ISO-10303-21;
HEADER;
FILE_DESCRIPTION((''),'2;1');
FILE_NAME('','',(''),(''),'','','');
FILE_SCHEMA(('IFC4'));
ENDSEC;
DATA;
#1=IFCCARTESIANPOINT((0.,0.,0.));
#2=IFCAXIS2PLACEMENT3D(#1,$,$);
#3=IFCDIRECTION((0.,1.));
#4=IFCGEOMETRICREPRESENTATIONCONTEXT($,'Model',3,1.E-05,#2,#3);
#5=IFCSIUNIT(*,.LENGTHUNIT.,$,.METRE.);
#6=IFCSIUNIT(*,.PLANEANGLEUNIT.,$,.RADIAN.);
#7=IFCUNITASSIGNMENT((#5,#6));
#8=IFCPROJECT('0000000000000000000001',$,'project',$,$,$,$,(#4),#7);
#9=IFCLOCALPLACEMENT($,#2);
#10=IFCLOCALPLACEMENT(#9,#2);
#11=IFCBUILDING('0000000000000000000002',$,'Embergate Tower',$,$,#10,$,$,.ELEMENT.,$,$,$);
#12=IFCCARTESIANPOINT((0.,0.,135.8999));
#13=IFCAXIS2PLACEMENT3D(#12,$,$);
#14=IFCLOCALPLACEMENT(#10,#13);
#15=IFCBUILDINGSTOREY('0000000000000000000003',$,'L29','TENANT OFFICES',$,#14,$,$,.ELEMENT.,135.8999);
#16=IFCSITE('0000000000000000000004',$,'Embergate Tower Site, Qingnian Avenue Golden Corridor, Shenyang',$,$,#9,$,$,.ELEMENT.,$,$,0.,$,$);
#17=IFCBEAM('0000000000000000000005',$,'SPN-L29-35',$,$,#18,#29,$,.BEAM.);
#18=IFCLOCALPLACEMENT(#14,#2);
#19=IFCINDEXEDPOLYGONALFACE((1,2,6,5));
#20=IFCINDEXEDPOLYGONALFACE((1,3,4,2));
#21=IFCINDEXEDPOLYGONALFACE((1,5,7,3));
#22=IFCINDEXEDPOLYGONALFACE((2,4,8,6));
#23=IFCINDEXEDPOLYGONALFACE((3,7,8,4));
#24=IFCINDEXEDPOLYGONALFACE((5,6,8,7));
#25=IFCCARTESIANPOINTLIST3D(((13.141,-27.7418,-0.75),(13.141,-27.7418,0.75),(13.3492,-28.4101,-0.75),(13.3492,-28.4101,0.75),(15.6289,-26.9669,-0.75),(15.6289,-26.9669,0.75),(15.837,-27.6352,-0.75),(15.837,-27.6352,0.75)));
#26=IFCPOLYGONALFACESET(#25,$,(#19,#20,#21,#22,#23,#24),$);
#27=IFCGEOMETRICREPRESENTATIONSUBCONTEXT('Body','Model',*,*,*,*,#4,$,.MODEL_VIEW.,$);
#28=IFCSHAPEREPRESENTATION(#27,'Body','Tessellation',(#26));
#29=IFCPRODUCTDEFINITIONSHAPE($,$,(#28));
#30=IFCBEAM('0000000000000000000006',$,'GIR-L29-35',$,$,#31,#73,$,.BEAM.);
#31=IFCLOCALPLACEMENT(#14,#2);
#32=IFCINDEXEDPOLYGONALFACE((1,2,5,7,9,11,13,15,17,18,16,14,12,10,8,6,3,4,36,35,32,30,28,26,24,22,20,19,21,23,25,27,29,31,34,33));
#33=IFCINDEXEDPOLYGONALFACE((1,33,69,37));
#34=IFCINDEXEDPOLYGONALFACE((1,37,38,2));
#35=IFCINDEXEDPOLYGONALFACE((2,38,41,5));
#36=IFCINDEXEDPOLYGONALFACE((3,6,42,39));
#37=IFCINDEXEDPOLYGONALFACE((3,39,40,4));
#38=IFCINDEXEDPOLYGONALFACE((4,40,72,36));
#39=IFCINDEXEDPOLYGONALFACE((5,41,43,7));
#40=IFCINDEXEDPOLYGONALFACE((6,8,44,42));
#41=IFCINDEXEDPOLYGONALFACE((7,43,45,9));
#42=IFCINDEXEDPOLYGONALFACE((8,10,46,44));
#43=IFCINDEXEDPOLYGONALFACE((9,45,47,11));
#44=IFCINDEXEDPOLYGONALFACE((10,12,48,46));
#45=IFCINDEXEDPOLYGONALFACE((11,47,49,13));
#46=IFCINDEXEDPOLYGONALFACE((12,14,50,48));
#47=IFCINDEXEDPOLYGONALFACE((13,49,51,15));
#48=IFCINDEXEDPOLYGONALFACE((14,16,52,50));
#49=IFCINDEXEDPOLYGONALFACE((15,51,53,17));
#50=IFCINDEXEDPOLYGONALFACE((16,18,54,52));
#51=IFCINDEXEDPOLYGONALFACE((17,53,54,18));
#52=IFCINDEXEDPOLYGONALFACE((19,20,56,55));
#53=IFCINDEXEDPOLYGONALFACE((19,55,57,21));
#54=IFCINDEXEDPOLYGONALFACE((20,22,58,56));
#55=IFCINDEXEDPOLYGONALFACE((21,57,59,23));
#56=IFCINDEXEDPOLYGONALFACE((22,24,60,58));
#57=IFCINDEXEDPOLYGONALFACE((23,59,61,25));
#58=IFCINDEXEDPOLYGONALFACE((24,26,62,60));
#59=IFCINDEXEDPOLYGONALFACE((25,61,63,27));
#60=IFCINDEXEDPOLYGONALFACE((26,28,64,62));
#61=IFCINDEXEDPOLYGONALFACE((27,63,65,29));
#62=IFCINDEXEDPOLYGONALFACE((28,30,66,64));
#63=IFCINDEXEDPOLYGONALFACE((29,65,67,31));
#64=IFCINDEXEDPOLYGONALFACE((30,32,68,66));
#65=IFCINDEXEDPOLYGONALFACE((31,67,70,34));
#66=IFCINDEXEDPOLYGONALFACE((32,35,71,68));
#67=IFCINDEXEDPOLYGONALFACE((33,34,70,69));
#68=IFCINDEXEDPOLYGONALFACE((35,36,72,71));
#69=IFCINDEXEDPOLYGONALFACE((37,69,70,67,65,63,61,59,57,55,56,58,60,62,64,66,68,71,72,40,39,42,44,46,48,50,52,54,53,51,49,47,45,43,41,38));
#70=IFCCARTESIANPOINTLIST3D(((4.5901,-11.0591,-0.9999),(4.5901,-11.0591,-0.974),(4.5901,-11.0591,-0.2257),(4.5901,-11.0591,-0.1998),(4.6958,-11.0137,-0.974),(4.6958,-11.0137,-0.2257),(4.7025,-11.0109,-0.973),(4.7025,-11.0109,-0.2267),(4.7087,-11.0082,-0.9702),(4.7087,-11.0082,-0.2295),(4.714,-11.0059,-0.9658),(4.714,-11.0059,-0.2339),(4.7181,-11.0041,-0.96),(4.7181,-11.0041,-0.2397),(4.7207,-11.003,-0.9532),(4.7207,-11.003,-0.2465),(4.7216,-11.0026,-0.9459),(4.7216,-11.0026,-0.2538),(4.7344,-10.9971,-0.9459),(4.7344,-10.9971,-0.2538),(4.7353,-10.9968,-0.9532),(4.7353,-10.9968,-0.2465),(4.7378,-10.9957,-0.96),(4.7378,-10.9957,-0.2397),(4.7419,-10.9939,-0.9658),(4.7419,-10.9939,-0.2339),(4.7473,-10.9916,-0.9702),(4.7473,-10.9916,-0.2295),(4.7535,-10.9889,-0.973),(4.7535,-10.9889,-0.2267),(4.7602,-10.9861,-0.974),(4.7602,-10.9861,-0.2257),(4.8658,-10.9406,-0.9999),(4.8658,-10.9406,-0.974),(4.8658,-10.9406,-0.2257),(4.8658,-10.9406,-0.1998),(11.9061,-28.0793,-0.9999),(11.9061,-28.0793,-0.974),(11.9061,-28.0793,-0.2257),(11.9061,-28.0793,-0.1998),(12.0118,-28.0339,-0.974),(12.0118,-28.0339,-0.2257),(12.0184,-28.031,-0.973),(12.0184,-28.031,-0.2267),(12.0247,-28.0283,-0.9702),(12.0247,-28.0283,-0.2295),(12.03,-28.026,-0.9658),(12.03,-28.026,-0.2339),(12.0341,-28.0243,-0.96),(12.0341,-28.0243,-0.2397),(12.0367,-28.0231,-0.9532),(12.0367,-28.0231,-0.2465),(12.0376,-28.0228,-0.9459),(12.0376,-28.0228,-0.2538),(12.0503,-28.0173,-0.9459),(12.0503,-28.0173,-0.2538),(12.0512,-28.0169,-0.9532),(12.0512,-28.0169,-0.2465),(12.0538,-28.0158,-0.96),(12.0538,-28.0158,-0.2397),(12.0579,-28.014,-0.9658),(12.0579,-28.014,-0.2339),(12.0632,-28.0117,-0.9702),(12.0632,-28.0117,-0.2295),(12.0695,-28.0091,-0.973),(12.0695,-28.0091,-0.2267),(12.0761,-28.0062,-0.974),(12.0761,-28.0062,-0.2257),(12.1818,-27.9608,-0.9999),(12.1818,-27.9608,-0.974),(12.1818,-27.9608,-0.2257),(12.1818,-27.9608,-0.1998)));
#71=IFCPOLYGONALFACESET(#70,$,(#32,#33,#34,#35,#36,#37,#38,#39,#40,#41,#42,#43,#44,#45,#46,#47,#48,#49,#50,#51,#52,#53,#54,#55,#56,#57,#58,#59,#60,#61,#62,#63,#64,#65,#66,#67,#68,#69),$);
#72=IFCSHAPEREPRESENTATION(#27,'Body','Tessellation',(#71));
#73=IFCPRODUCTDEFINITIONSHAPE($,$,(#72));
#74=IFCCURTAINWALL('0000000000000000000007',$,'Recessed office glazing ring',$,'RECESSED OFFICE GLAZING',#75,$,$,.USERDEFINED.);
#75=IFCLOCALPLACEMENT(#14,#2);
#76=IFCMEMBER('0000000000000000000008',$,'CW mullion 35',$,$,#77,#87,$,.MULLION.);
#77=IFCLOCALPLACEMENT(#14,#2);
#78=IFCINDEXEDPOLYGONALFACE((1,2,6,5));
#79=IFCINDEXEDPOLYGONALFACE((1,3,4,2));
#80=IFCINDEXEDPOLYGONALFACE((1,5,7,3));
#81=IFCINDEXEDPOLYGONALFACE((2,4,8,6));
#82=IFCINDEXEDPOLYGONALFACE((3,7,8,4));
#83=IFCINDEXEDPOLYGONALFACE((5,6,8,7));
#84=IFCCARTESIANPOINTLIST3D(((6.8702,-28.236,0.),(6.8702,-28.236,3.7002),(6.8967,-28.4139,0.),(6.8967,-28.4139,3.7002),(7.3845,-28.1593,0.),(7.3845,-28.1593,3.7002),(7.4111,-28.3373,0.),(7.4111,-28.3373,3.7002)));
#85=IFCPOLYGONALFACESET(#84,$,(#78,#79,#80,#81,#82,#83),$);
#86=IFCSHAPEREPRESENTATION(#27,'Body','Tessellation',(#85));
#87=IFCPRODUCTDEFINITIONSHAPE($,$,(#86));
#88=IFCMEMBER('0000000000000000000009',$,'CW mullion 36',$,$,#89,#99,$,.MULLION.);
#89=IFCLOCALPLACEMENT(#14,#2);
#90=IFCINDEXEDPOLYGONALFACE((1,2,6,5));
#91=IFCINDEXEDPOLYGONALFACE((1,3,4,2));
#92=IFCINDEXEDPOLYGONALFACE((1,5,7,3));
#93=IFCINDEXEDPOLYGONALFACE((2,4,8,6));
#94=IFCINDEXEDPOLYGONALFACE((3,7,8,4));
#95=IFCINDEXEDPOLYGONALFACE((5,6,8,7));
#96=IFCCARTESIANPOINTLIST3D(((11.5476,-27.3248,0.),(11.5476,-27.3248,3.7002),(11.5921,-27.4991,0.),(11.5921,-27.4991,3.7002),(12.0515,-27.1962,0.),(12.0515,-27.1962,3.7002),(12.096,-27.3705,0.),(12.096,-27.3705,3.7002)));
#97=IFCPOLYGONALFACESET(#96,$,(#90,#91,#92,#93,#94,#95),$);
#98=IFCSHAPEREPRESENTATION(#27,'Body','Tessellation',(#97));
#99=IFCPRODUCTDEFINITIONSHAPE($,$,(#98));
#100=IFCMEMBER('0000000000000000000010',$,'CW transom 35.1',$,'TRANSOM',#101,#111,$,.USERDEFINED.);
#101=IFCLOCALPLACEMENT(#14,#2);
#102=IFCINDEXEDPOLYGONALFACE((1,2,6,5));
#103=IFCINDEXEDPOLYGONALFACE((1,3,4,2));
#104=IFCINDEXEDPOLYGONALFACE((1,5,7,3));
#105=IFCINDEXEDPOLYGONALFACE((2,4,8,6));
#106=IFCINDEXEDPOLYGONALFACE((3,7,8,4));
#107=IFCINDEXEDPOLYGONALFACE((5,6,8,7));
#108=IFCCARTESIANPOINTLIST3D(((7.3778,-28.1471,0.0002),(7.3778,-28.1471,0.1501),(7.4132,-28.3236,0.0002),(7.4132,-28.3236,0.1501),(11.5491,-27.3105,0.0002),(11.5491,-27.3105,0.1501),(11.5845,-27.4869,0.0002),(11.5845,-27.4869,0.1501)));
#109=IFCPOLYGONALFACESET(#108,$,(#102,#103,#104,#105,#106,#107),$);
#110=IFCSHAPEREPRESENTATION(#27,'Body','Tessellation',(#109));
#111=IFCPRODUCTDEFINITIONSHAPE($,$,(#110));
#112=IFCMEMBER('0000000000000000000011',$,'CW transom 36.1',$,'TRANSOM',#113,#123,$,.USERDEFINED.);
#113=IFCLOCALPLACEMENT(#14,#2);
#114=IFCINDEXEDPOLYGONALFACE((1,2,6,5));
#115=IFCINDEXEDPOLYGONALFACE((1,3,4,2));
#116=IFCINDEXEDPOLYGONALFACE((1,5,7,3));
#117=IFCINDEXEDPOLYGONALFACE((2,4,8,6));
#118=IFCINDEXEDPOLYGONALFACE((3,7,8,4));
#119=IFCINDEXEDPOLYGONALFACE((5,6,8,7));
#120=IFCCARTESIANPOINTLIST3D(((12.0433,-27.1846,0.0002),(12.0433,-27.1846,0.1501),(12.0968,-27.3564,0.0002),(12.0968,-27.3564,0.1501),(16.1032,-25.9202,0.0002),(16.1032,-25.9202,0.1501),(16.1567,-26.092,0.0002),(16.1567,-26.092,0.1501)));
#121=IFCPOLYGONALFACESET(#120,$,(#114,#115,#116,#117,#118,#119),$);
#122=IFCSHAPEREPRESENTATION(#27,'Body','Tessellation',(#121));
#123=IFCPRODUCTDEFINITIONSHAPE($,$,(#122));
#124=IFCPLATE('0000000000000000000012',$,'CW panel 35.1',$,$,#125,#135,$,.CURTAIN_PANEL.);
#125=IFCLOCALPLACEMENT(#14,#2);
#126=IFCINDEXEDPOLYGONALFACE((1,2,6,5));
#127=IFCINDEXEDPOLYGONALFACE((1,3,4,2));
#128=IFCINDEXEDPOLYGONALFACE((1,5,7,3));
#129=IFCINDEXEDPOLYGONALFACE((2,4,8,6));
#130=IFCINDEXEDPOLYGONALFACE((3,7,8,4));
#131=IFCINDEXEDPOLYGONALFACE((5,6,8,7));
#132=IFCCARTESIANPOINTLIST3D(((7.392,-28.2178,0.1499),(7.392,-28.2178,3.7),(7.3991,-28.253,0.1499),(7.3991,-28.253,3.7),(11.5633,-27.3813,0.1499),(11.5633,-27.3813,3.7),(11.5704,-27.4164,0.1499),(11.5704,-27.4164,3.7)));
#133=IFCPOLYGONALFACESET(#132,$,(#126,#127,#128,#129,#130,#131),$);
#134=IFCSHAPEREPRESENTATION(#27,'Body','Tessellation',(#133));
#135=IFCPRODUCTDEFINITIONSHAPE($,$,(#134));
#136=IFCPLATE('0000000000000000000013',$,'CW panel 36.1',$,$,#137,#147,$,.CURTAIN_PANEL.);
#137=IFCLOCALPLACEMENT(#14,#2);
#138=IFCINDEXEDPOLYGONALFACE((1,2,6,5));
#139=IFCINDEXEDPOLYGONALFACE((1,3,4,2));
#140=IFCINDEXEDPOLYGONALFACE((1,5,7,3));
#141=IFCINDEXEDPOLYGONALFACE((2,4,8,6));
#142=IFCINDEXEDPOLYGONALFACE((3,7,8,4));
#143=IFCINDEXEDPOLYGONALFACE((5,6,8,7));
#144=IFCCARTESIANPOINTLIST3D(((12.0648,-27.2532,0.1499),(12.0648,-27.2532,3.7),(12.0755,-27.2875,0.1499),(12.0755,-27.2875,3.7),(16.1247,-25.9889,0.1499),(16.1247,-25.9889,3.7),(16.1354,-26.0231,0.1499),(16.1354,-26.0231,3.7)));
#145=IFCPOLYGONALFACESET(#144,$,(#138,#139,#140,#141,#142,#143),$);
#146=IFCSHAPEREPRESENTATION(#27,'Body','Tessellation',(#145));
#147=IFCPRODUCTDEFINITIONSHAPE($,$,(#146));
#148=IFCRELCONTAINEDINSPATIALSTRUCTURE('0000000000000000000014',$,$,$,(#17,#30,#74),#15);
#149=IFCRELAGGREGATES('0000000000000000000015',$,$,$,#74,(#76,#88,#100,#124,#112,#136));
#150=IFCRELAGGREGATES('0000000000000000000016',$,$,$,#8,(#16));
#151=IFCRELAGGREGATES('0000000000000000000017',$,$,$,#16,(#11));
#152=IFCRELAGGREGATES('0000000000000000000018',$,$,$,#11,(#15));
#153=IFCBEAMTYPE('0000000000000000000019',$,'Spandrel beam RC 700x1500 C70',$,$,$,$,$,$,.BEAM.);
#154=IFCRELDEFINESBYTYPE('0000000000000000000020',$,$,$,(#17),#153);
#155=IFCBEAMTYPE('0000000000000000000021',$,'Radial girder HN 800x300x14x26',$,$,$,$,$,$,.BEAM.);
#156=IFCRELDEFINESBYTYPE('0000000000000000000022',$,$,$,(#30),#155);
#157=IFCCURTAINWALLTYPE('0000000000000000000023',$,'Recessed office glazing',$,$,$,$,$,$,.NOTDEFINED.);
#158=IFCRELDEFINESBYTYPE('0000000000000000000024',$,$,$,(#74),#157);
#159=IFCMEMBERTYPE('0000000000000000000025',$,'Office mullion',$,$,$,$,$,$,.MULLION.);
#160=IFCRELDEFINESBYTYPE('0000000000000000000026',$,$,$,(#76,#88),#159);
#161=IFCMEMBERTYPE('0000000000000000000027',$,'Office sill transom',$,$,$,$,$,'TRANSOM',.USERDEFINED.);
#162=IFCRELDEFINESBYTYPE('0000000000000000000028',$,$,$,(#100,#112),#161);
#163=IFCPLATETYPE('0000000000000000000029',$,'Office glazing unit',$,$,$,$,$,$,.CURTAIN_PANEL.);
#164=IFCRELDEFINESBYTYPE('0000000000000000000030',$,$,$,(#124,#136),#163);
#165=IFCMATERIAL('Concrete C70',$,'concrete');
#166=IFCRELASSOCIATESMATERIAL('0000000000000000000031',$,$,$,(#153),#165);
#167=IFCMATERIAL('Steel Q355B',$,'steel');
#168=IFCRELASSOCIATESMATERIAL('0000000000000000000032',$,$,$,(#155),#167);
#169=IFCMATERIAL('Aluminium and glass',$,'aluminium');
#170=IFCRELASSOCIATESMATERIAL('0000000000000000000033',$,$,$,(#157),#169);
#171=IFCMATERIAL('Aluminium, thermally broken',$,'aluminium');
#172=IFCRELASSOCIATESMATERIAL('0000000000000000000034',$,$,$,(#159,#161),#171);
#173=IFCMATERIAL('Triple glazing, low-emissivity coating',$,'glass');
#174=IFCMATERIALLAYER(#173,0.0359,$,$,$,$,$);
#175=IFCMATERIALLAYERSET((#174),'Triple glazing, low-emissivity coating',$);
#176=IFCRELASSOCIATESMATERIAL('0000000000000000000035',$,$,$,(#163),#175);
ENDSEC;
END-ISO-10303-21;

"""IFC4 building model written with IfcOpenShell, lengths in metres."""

from ifc_helpers import new_model, si_unit, direction, frame, origin, origin_2d, place, context, subcontext, project, spatial, rectangle, i_section, extrude, source, transform, mapped, material, layer, layer_set, material_profile, profile_set, type_object, element, aggregate, save


model = new_model("IFC4")

# Units and contexts
model_context = context("Model", 3, precision=1e-05, world=origin(), true_north=direction((0.0, 1.0)))
body_context = subcontext(model_context, "Body", "Model", "MODEL_VIEW")
ifc_project = project(units=[si_unit("LENGTHUNIT", "METRE"), si_unit("PLANEANGLEUNIT", "RADIAN")], contexts=[model_context])

# Site, building, storey
site_placement = place(None, origin())
site = spatial("IfcSite", under=ifc_project, at=site_placement, Name="Embergate Tower Site, Qingnian Avenue Golden Corridor, Shenyang", CompositionType="ELEMENT", RefElevation=0.0)
building_placement = place(site_placement, origin())
building = spatial("IfcBuilding", under=site, at=building_placement, Name="Embergate Tower", CompositionType="ELEMENT")
storey_placement = place(building_placement, frame((0.0, 0.0, 135.8999)))
storey = spatial("IfcBuildingStorey", under=building, at=storey_placement, Name="L29", Description="TENANT OFFICES", CompositionType="ELEMENT", Elevation=135.8999)

# Beams
ifc_material_1 = material(Name="Concrete C70", Category="concrete")
ifc_material_profile_1 = material_profile(ifc_material_1, rectangle(XDim=0.7, YDim=1.5, at=origin_2d()), Name="RC 700x1500")
ifc_profile_set_1 = profile_set([ifc_material_profile_1], Name="Concrete C70")
beam_type_1 = type_object("IfcBeamType", Name="Spandrel beam RC 700x1500 C70", PredefinedType="BEAM", material=ifc_profile_set_1)
shared_shape_1 = source(origin(), body_context, "Body", "SweptSolid", [
    extrude(rectangle(XDim=0.7, YDim=1.5, at=origin_2d()), origin(), (0.0, 0.0, 1.0), 2.6057),
])
beam_1_placement = place(storey_placement, frame((13.2451, -28.0759, 0.0), z_axis=(0.954756, 0.297389, 0.0), x_axis=(-0.297389, 0.954756, 0.0)))
element("IfcBeam", 1, at=beam_1_placement, inside=storey, type_object=beam_type_1, Name="SPN-L29-35", PredefinedType="BEAM", context=body_context, shape_type="MappedRepresentation", body=[
    mapped(shared_shape_1, transform((0.0, 0.0, 0.0))),
])
ifc_material_2 = material(Name="Steel Q355B", Category="steel")
ifc_material_profile_2 = material_profile(ifc_material_2, i_section(OverallWidth=0.3, OverallDepth=0.8, WebThickness=0.0139, FlangeThickness=0.0259, FilletRadius=0.0281, at=origin_2d()), Name="HN 800x300x14x26")
ifc_profile_set_2 = profile_set([ifc_material_profile_2], Name="Steel Q355 grade B")
beam_type_2 = type_object("IfcBeamType", Name="Radial girder HN 800x300x14x26", PredefinedType="BEAM", material=ifc_profile_set_2)
shared_shape_2 = source(origin(), body_context, "Body", "SweptSolid", [
    extrude(i_section(OverallWidth=0.3, OverallDepth=0.8, WebThickness=0.0139, FlangeThickness=0.0259, FilletRadius=0.0281, at=origin_2d()), origin(), (0.0, 0.0, 1.0), 18.5259),
])
beam_2_placement = place(storey_placement, frame((12.0439, -28.02, -0.5999), z_axis=(-0.394905, 0.918722, 0.0), x_axis=(-0.918722, -0.394905, 0.0)))
element("IfcBeam", 2, at=beam_2_placement, inside=storey, type_object=beam_type_2, Name="GIR-L29-35", PredefinedType="BEAM", context=body_context, shape_type="MappedRepresentation", body=[
    mapped(shared_shape_2, transform((0.0, 0.0, 0.0))),
])

# Curtain wall, members, plates
ifc_material_3 = material(Name="Aluminium and glass", Category="aluminium")
curtain_wall_type = type_object("IfcCurtainWallType", Name="Recessed office glazing", PredefinedType="NOTDEFINED", material=ifc_material_3)
curtain_wall_placement = place(storey_placement, origin())
curtain_wall = element("IfcCurtainWall", 3, at=curtain_wall_placement, inside=storey, type_object=curtain_wall_type, Name="Recessed office glazing ring", ObjectType="RECESSED OFFICE GLAZING", PredefinedType="USERDEFINED")
ifc_material_4 = material(Name="Aluminium, thermally broken", Category="aluminium")
ifc_material_profile_3 = material_profile(ifc_material_4, rectangle(XDim=0.1799, YDim=0.52, at=origin_2d()), Name="AL 520x180")
ifc_profile_set_3 = profile_set([ifc_material_profile_3], Name="Aluminium, thermally broken")
member_type_1 = type_object("IfcMemberType", Name="Office mullion", PredefinedType="MULLION", material=ifc_profile_set_3)
shared_shape_3 = source(origin(), body_context, "Body", "SweptSolid", [
    extrude(rectangle(XDim=0.1799, YDim=0.52, at=origin_2d()), origin(), (0.0, 0.0, 1.0), 3.7002),
])
member_1_placement = place(storey_placement, frame((7.1406, -28.2866, 0.0), z_axis=(0.0, 0.0, 1.0), x_axis=(-0.147411, 0.989075, 0.0)))
member_1 = element("IfcMember", 4, at=member_1_placement, type_object=member_type_1, Name="CW mullion 35", PredefinedType="MULLION", context=body_context, shape_type="MappedRepresentation", body=[
    mapped(shared_shape_3, transform((0.0, 0.0, 0.0))),
])
member_2_placement = place(storey_placement, frame((11.8218, -27.3477, 0.0), z_axis=(0.0, 0.0, 1.0), x_axis=(-0.24731, 0.968936, 0.0)))
member_2 = element("IfcMember", 5, at=member_2_placement, type_object=member_type_1, Name="CW mullion 36", PredefinedType="MULLION", context=body_context, shape_type="MappedRepresentation", body=[
    mapped(shared_shape_3, transform((0.0, 0.0, 0.0))),
])
ifc_material_profile_4 = material_profile(ifc_material_4, rectangle(XDim=0.1799, YDim=0.1499, at=origin_2d()), Name="AL 150x180")
ifc_profile_set_4 = profile_set([ifc_material_profile_4], Name="Aluminium, thermally broken")
member_type_2 = type_object("IfcMemberType", Name="Office sill transom", ElementType="TRANSOM", PredefinedType="USERDEFINED", material=ifc_profile_set_4)
shared_shape_4 = source(origin(), body_context, "Body", "SweptSolid", [
    extrude(rectangle(XDim=0.1799, YDim=0.1499, at=origin_2d()), origin(), (0.0, 0.0, 1.0), 4.2544),
])
member_3_placement = place(storey_placement, frame((7.3955, -28.2354, 0.0752), z_axis=(0.980472, 0.196657, 0.0), x_axis=(-0.196657, 0.980472, 0.0)))
member_3 = element("IfcMember", 6, at=member_3_placement, type_object=member_type_2, Name="CW transom 35.1", ObjectType="TRANSOM", PredefinedType="USERDEFINED", context=body_context, shape_type="MappedRepresentation", body=[
    mapped(shared_shape_4, transform((0.0, 0.0, 0.0))),
])
shared_shape_5 = source(origin(), body_context, "Body", "SweptSolid", [
    extrude(rectangle(XDim=0.1799, YDim=0.1499, at=origin_2d()), origin(), (0.0, 0.0, 1.0), 4.2522),
])
member_4_placement = place(storey_placement, frame((12.0701, -27.2705, 0.0752), z_axis=(0.954767, 0.297356, 0.0), x_axis=(-0.297356, 0.954767, 0.0)))
member_4 = element("IfcMember", 7, at=member_4_placement, type_object=member_type_2, Name="CW transom 36.1", ObjectType="TRANSOM", PredefinedType="USERDEFINED", context=body_context, shape_type="MappedRepresentation", body=[
    mapped(shared_shape_5, transform((0.0, 0.0, 0.0))),
])
ifc_material_5 = material(Name="Triple glazing, low-emissivity coating", Category="glass")
ifc_layer_1 = layer(ifc_material_5, 0.0359)
ifc_layer_set_1 = layer_set([ifc_layer_1], Name="Triple glazing, low-emissivity coating")
plate_type = type_object("IfcPlateType", Name="Office glazing unit", PredefinedType="CURTAIN_PANEL", material=ifc_layer_set_1)
shared_shape_6 = source(origin(), body_context, "Body", "SweptSolid", [
    extrude(rectangle(XDim=4.2544, YDim=0.0359, at=origin_2d()), origin(), (0.0, 0.0, 1.0), 3.55),
])
plate_1_placement = place(storey_placement, frame((9.4812, -27.8171, 0.1499), z_axis=(0.0, 0.0, 1.0), x_axis=(0.980476, 0.196638, 0.0)))
plate_1 = element("IfcPlate", 8, at=plate_1_placement, type_object=plate_type, Name="CW panel 35.1", PredefinedType="CURTAIN_PANEL", context=body_context, shape_type="MappedRepresentation", body=[
    mapped(shared_shape_6, transform((0.0, 0.0, 0.0))),
])
shared_shape_7 = source(origin(), body_context, "Body", "SweptSolid", [
    extrude(rectangle(XDim=4.2522, YDim=0.0359, at=origin_2d()), origin(), (0.0, 0.0, 1.0), 3.55),
])
plate_2_placement = place(storey_placement, frame((14.1001, -26.6382, 0.1499), z_axis=(0.0, 0.0, 1.0), x_axis=(0.954773, 0.297337, 0.0)))
plate_2 = element("IfcPlate", 9, at=plate_2_placement, type_object=plate_type, Name="CW panel 36.1", PredefinedType="CURTAIN_PANEL", context=body_context, shape_type="MappedRepresentation", body=[
    mapped(shared_shape_7, transform((0.0, 0.0, 0.0))),
])
aggregate(curtain_wall, [member_1, member_2, member_3, plate_1, member_4, plate_2])

save(model, "model.ifc")
